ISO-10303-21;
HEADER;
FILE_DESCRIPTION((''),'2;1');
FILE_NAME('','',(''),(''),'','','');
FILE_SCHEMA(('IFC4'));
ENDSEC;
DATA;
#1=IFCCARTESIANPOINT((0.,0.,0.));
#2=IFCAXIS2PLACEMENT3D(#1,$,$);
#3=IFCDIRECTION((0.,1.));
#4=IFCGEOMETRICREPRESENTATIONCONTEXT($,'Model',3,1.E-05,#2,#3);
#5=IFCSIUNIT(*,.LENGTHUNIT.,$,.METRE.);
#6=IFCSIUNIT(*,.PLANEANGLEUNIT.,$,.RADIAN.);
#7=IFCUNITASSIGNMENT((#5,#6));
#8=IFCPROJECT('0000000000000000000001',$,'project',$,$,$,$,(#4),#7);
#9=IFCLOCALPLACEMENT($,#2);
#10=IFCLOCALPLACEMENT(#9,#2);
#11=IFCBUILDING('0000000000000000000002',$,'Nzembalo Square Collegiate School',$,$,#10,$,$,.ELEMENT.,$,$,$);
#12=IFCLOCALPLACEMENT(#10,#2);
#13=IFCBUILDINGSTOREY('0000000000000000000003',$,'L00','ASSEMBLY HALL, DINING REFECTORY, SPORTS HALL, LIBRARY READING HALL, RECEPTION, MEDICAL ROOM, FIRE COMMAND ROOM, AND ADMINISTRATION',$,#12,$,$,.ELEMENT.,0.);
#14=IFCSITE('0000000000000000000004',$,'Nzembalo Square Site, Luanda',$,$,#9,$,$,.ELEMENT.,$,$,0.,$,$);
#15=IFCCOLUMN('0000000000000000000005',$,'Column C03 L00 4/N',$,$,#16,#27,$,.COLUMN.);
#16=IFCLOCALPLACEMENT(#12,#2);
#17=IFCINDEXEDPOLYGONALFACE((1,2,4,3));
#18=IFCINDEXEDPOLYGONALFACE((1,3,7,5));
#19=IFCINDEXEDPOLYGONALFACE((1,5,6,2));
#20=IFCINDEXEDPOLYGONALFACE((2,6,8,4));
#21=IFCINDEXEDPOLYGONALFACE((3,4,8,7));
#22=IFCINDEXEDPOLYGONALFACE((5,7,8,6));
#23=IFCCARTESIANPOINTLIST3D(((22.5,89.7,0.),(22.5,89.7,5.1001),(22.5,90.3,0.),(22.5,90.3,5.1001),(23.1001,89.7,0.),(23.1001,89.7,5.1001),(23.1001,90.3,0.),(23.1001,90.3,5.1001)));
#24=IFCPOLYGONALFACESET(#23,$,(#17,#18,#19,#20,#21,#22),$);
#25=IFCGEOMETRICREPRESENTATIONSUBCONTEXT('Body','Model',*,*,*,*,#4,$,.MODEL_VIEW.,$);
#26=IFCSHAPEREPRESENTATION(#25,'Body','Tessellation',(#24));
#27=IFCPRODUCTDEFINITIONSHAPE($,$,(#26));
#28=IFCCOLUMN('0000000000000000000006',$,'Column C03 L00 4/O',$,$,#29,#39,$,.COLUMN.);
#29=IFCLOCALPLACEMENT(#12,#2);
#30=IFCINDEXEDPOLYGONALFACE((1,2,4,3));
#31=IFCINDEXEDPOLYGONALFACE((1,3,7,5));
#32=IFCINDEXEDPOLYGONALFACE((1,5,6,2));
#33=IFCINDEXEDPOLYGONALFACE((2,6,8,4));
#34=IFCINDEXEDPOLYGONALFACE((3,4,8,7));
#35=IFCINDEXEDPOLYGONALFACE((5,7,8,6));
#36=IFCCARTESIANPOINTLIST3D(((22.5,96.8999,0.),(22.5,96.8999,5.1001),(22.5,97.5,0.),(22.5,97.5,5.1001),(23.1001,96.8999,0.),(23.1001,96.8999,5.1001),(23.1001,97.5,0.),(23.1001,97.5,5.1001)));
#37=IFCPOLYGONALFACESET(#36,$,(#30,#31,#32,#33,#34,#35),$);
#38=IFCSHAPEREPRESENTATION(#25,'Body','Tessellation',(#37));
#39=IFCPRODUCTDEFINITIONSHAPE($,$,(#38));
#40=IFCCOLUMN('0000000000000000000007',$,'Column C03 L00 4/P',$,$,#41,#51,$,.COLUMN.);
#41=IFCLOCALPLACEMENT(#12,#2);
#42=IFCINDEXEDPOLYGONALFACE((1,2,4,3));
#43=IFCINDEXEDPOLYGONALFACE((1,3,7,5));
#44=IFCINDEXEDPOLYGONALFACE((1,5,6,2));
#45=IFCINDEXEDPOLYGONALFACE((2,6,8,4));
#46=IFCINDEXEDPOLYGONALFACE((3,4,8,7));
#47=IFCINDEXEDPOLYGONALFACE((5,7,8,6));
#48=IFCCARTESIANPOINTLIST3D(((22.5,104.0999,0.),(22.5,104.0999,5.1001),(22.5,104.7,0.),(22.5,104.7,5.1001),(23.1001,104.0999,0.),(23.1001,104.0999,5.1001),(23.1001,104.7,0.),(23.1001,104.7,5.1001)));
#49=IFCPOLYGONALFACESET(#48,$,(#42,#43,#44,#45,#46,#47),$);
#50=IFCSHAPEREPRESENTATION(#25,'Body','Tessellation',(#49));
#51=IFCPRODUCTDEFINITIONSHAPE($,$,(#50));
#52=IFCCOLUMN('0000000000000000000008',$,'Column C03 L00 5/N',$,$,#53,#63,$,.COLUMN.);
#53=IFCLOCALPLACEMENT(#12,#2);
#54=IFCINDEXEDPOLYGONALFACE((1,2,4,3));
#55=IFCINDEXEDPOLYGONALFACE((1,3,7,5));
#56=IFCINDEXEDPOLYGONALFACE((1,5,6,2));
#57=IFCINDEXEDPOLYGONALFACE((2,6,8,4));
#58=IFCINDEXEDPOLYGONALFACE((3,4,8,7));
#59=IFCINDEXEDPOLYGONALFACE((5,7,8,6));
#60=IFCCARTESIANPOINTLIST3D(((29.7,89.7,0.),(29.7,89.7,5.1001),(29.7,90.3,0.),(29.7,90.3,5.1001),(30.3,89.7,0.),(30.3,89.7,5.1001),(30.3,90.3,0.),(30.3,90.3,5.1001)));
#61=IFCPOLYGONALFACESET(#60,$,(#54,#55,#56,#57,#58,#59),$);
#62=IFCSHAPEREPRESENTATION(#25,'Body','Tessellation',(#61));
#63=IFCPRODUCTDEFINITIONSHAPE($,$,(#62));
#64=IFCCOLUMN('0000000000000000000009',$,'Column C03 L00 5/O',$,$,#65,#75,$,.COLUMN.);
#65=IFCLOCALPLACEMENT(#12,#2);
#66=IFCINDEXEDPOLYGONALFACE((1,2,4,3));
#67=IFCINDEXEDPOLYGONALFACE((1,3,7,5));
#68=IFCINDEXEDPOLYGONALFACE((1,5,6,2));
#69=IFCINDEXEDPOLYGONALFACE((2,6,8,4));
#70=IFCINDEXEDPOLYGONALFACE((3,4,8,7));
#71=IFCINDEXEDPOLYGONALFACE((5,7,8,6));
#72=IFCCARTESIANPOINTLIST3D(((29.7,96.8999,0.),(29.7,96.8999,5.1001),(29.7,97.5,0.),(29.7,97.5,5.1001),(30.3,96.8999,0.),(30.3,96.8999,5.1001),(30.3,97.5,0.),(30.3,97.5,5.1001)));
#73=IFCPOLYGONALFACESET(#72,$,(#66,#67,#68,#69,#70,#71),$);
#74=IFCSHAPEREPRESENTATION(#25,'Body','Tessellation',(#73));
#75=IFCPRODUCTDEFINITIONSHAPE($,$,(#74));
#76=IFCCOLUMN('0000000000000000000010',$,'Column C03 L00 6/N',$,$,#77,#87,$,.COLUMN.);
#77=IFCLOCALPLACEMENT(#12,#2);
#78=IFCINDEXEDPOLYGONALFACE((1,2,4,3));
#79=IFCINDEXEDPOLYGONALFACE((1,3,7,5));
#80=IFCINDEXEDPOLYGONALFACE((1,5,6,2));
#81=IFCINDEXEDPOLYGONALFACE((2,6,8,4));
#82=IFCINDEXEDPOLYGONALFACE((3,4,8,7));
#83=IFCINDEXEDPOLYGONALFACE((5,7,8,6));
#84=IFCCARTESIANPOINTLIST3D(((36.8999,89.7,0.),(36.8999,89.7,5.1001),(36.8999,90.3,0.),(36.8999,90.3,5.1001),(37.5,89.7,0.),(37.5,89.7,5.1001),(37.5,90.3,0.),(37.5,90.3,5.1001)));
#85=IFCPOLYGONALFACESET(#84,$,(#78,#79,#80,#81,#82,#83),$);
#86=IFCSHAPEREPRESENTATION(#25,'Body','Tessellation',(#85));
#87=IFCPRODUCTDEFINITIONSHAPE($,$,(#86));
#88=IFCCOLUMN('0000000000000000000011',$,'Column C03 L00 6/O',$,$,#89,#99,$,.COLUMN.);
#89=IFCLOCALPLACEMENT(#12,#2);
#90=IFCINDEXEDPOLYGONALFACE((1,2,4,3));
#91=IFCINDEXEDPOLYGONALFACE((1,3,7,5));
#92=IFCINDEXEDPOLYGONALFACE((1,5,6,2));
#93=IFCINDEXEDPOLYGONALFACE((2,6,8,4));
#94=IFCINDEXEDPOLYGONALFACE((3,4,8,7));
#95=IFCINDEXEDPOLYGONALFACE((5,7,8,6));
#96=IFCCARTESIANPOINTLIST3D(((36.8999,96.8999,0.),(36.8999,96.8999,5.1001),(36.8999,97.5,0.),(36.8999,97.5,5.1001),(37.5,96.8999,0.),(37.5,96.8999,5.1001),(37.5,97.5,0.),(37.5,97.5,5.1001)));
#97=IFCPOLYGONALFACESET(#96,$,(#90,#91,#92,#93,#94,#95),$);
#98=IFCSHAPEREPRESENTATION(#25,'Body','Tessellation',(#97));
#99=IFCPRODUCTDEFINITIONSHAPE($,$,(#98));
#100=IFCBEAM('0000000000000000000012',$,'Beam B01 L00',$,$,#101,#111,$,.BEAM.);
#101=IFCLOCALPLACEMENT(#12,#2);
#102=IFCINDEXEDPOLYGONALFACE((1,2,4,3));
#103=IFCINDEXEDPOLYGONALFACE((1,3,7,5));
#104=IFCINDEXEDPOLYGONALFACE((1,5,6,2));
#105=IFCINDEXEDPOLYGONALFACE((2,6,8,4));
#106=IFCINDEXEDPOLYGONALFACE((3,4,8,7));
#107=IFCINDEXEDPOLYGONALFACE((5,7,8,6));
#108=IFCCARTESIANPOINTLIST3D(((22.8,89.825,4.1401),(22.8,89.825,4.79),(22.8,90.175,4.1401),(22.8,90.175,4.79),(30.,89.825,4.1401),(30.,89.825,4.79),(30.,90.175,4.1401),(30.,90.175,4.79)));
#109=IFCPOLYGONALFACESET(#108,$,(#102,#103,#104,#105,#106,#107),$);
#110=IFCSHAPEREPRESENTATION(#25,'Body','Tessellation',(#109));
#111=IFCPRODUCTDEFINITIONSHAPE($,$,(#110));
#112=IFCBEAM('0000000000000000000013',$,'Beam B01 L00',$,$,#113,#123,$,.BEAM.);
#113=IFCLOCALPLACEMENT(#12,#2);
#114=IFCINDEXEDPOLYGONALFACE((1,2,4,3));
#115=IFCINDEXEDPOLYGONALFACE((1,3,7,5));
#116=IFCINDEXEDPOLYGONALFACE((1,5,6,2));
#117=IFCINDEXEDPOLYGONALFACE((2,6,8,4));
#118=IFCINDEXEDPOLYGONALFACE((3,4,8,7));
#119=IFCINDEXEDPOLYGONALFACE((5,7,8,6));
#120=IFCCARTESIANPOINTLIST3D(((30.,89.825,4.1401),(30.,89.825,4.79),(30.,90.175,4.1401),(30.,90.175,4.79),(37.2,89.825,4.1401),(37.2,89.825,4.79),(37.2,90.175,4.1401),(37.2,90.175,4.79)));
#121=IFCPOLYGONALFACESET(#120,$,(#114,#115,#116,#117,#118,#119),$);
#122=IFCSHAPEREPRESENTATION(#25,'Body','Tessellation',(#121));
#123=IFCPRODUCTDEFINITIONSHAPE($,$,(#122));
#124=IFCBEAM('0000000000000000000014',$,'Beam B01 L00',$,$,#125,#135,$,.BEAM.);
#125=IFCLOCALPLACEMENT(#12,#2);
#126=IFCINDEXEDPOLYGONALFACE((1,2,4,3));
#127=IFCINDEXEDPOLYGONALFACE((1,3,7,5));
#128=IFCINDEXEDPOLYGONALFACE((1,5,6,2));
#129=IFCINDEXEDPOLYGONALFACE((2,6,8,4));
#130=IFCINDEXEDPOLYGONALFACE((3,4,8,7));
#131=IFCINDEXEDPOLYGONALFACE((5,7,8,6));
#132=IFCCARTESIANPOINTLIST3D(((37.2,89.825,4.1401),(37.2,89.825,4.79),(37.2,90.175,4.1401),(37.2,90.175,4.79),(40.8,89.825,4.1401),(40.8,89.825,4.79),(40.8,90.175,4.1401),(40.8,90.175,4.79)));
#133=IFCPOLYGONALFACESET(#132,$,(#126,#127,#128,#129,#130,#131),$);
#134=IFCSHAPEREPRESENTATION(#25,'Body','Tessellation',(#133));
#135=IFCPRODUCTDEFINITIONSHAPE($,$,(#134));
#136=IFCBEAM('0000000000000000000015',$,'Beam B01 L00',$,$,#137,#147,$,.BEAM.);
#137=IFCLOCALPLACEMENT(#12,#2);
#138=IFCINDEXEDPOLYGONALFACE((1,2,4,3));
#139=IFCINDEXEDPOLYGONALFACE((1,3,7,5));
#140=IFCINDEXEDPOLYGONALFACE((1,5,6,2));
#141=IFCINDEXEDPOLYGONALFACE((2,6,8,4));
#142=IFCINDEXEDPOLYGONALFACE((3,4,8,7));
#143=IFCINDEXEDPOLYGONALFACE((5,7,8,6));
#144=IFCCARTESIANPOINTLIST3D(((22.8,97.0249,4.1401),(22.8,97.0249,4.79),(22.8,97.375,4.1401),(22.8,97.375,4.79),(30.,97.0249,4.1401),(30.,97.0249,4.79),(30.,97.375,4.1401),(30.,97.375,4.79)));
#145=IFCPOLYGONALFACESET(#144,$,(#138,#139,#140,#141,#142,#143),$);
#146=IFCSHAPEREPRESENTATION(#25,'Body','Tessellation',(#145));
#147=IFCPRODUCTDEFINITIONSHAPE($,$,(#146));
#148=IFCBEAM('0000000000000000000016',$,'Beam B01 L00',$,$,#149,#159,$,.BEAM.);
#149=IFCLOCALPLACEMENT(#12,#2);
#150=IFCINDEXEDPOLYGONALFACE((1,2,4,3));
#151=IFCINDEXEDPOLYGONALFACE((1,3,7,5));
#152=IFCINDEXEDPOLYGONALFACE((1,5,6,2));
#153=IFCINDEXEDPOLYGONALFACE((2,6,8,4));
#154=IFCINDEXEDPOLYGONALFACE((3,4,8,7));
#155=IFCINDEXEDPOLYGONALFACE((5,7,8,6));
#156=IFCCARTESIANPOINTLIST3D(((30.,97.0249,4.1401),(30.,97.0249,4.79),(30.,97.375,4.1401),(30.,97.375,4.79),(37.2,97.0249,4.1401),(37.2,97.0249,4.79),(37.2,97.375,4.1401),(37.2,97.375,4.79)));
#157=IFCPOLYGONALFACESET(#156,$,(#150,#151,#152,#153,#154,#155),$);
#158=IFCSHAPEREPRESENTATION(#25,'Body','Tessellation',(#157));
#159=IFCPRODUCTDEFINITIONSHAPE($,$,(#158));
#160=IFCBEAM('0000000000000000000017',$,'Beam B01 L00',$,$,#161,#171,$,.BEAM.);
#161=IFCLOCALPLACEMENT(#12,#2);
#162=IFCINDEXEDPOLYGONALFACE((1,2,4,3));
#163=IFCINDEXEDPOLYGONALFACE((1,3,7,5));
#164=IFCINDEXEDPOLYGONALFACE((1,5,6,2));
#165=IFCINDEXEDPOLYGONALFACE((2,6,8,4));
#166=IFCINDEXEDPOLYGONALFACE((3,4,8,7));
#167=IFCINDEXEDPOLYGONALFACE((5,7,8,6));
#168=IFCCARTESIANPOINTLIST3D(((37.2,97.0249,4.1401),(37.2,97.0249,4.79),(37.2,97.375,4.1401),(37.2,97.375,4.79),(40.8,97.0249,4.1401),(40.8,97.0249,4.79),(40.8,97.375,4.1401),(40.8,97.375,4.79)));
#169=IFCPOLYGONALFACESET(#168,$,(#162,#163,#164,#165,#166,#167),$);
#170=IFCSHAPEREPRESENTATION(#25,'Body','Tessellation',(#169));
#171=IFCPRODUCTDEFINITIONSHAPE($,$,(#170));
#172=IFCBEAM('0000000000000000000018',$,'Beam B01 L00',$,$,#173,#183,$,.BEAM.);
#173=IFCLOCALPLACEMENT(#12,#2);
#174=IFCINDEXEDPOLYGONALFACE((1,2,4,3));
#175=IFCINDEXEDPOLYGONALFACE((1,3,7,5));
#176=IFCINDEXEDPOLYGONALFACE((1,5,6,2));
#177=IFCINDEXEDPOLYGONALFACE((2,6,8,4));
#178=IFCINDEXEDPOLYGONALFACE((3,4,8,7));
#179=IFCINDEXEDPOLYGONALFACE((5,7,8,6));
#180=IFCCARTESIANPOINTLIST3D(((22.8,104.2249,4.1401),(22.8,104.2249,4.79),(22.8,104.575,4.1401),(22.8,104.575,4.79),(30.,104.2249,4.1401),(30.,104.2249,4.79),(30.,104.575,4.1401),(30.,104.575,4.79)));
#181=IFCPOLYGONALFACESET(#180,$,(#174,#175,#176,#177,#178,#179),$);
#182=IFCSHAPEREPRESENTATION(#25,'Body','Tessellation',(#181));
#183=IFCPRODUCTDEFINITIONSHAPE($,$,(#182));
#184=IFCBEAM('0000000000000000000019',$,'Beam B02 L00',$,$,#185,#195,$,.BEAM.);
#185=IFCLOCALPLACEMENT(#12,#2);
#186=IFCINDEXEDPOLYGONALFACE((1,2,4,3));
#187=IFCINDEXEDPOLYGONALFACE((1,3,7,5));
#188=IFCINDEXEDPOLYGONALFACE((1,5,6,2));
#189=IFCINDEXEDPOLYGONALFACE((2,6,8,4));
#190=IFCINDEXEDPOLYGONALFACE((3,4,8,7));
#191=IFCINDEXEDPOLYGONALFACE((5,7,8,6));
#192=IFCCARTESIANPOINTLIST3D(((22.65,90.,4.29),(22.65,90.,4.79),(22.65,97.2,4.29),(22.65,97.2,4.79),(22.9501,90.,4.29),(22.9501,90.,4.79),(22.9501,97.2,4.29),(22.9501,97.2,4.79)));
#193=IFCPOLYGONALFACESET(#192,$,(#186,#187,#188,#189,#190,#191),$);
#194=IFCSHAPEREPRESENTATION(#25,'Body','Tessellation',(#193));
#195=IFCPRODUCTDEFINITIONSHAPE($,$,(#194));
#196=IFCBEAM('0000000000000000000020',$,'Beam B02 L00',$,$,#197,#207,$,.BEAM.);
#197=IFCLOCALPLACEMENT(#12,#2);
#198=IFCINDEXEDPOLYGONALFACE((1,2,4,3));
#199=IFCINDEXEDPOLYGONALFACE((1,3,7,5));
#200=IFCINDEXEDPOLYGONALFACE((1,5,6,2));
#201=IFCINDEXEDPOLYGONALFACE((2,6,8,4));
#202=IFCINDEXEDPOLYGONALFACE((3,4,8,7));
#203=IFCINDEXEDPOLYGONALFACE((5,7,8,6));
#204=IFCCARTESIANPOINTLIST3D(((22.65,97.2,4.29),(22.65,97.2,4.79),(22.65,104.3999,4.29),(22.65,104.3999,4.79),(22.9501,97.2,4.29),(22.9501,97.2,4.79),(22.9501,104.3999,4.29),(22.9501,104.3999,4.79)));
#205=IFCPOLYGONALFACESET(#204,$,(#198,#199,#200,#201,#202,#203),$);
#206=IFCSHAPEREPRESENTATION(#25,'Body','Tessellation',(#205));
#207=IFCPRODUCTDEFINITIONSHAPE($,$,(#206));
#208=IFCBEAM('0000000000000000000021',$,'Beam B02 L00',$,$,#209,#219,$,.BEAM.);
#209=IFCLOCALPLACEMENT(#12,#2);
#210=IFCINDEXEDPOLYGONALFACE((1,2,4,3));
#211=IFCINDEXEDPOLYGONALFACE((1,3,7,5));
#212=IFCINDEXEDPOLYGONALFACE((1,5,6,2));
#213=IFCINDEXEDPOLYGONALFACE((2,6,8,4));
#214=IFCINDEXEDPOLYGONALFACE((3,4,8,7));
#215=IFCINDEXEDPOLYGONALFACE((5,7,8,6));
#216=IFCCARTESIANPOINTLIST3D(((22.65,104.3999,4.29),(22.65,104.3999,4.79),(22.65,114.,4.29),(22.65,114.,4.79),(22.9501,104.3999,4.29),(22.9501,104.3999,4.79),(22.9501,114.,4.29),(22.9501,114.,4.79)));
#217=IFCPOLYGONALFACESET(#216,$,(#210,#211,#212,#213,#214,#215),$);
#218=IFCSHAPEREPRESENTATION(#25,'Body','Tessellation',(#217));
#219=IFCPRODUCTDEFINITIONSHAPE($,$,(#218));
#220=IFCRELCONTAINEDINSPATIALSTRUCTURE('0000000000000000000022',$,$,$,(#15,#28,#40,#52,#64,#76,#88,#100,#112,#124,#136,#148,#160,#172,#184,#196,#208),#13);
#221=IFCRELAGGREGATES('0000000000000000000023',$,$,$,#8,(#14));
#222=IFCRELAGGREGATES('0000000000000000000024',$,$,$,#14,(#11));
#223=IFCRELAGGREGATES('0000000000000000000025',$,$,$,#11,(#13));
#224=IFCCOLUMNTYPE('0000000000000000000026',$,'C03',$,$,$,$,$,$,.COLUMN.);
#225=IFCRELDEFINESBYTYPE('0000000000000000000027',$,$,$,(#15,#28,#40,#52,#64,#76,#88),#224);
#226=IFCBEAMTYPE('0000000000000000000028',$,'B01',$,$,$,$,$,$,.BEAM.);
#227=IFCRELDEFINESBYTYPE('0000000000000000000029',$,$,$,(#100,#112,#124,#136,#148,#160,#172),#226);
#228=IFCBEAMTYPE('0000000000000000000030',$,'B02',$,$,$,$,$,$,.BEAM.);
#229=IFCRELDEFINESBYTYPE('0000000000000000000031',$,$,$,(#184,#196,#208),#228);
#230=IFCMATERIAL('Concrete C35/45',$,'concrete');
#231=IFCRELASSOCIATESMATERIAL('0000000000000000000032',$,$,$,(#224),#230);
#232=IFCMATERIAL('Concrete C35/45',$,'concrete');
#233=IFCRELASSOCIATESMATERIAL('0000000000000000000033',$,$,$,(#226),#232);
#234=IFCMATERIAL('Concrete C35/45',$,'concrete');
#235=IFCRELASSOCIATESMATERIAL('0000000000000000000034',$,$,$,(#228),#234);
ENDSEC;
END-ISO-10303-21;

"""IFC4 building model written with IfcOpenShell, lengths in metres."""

from ifc_helpers import new_model, si_unit, direction, frame, origin, origin_2d, place, context, subcontext, project, spatial, rectangle, extrude, material, material_profile, profile_set, type_object, element, save


model = new_model("IFC4")

# Units and contexts
model_context = context("Model", 3, precision=1e-05, world=origin(), true_north=direction((0.0, 1.0)))
body_context = subcontext(model_context, "Body", "Model", "MODEL_VIEW")
ifc_project = project(units=[si_unit("LENGTHUNIT", "METRE"), si_unit("PLANEANGLEUNIT", "RADIAN")], contexts=[model_context])

# Site, building, storey
site_placement = place(None, origin())
site = spatial("IfcSite", under=ifc_project, at=site_placement, Name="Nzembalo Square Site, Luanda", CompositionType="ELEMENT", RefElevation=0.0)
building_placement = place(site_placement, origin())
building = spatial("IfcBuilding", under=site, at=building_placement, Name="Nzembalo Square Collegiate School", CompositionType="ELEMENT")
storey_placement = place(building_placement, origin())
storey = spatial("IfcBuildingStorey", under=building, at=storey_placement, Name="L00", Description="ASSEMBLY HALL, DINING REFECTORY, SPORTS HALL, LIBRARY READING HALL, RECEPTION, MEDICAL ROOM, FIRE COMMAND ROOM, AND ADMINISTRATION", CompositionType="ELEMENT", Elevation=0.0)

# Columns
ifc_material_1 = material(Name="Concrete C35/45", Category="concrete")
ifc_material_profile_1 = material_profile(ifc_material_1, rectangle(XDim=0.6001, YDim=0.6001, at=origin_2d()), Name="RC 600x600")
ifc_profile_set_1 = profile_set([ifc_material_profile_1], Name="Concrete C35/45")
column_type = type_object("IfcColumnType", Name="C03", PredefinedType="COLUMN", material=ifc_profile_set_1)
for number, where, z_axis, x_axis, name in (
    (1, (22.8, 90.0, 0.0), (0.0, 0.0, 1.0), (1.0, 0.0, 0.0), "Column C03 L00 4/N"),
    (2, (22.8, 97.2, 0.0), (0.0, 0.0, 1.0), (1.0, 0.0, 0.0), "Column C03 L00 4/O"),
    (3, (22.8, 104.3999, 0.0), (0.0, 0.0, 1.0), (1.0, 0.0, 0.0), "Column C03 L00 4/P"),
    (4, (30.0, 90.0, 0.0), (0.0, 0.0, 1.0), (1.0, 0.0, 0.0), "Column C03 L00 5/N"),
    (5, (30.0, 97.2, 0.0), (0.0, 0.0, 1.0), (1.0, 0.0, 0.0), "Column C03 L00 5/O"),
    (6, (37.2, 90.0, 0.0), (0.0, 0.0, 1.0), (1.0, 0.0, 0.0), "Column C03 L00 6/N"),
    (7, (37.2, 97.2, 0.0), (0.0, 0.0, 1.0), (1.0, 0.0, 0.0), "Column C03 L00 6/O"),
):
    element("IfcColumn", number, at=place(storey_placement, frame(where, z_axis=z_axis, x_axis=x_axis)), inside=storey, type_object=column_type, Name=name, PredefinedType="COLUMN", context=body_context, shape_type="SweptSolid", body=[
        extrude(rectangle(XDim=0.6001, YDim=0.6001, at=origin_2d()), origin(), (0.0, 0.0, 1.0), 5.1001),
    ])

# Beams
ifc_material_2 = material(Name="Concrete C35/45", Category="concrete")
ifc_material_profile_2 = material_profile(ifc_material_2, rectangle(XDim=0.3501, YDim=0.6499, at=origin_2d()), Name="RC 350x650")
ifc_profile_set_2 = profile_set([ifc_material_profile_2], Name="Concrete C35/45")
beam_type_1 = type_object("IfcBeamType", Name="B01", PredefinedType="BEAM", material=ifc_profile_set_2)
for number, where, z_axis, x_axis, name in (
    (8, (22.8, 90.0, 4.4651), (1.0, 0.0, 0.0), (0.0, 1.0, 0.0), "Beam B01 L00"),
    (9, (30.0, 90.0, 4.4651), (1.0, 0.0, 0.0), (0.0, 1.0, 0.0), "Beam B01 L00"),
):
    element("IfcBeam", number, at=place(storey_placement, frame(where, z_axis=z_axis, x_axis=x_axis)), inside=storey, type_object=beam_type_1, Name=name, PredefinedType="BEAM", context=body_context, shape_type="SweptSolid", body=[
        extrude(rectangle(XDim=0.3501, YDim=0.6499, at=origin_2d()), origin(), (0.0, 0.0, 1.0), 7.2),
    ])
beam_1_placement = place(storey_placement, frame((37.2, 90.0, 4.4651), z_axis=(1.0, 0.0, 0.0), x_axis=(0.0, 1.0, 0.0)))
element("IfcBeam", 10, at=beam_1_placement, inside=storey, type_object=beam_type_1, Name="Beam B01 L00", PredefinedType="BEAM", context=body_context, shape_type="SweptSolid", body=[
    extrude(rectangle(XDim=0.3501, YDim=0.6499, at=origin_2d()), origin(), (0.0, 0.0, 1.0), 3.6001),
])
for number, where, z_axis, x_axis, name in (
    (11, (22.8, 97.2, 4.4651), (1.0, 0.0, 0.0), (0.0, 1.0, 0.0), "Beam B01 L00"),
    (12, (30.0, 97.2, 4.4651), (1.0, 0.0, 0.0), (0.0, 1.0, 0.0), "Beam B01 L00"),
):
    element("IfcBeam", number, at=place(storey_placement, frame(where, z_axis=z_axis, x_axis=x_axis)), inside=storey, type_object=beam_type_1, Name=name, PredefinedType="BEAM", context=body_context, shape_type="SweptSolid", body=[
        extrude(rectangle(XDim=0.3501, YDim=0.6499, at=origin_2d()), origin(), (0.0, 0.0, 1.0), 7.2),
    ])
beam_2_placement = place(storey_placement, frame((37.2, 97.2, 4.4651), z_axis=(1.0, 0.0, 0.0), x_axis=(0.0, 1.0, 0.0)))
element("IfcBeam", 13, at=beam_2_placement, inside=storey, type_object=beam_type_1, Name="Beam B01 L00", PredefinedType="BEAM", context=body_context, shape_type="SweptSolid", body=[
    extrude(rectangle(XDim=0.3501, YDim=0.6499, at=origin_2d()), origin(), (0.0, 0.0, 1.0), 3.6001),
])
beam_3_placement = place(storey_placement, frame((22.8, 104.3999, 4.4651), z_axis=(1.0, 0.0, 0.0), x_axis=(0.0, 1.0, 0.0)))
element("IfcBeam", 14, at=beam_3_placement, inside=storey, type_object=beam_type_1, Name="Beam B01 L00", PredefinedType="BEAM", context=body_context, shape_type="SweptSolid", body=[
    extrude(rectangle(XDim=0.3501, YDim=0.6499, at=origin_2d()), origin(), (0.0, 0.0, 1.0), 7.2),
])
ifc_material_3 = material(Name="Concrete C35/45", Category="concrete")
ifc_material_profile_3 = material_profile(ifc_material_3, rectangle(XDim=0.3, YDim=0.5, at=origin_2d()), Name="RC 300x500")
ifc_profile_set_3 = profile_set([ifc_material_profile_3], Name="Concrete C35/45")
beam_type_2 = type_object("IfcBeamType", Name="B02", PredefinedType="BEAM", material=ifc_profile_set_3)
for number, where, z_axis, x_axis, name in (
    (15, (22.8, 90.0, 4.54), (0.0, 1.0, 0.0), (-1.0, 0.0, 0.0), "Beam B02 L00"),
    (16, (22.8, 97.2, 4.54), (0.0, 1.0, 0.0), (-1.0, 0.0, 0.0), "Beam B02 L00"),
):
    element("IfcBeam", number, at=place(storey_placement, frame(where, z_axis=z_axis, x_axis=x_axis)), inside=storey, type_object=beam_type_2, Name=name, PredefinedType="BEAM", context=body_context, shape_type="SweptSolid", body=[
        extrude(rectangle(XDim=0.3, YDim=0.5, at=origin_2d()), origin(), (0.0, 0.0, 1.0), 7.2),
    ])
beam_4_placement = place(storey_placement, frame((22.8, 104.3999, 4.54), z_axis=(0.0, 1.0, 0.0), x_axis=(-1.0, 0.0, 0.0)))
element("IfcBeam", 17, at=beam_4_placement, inside=storey, type_object=beam_type_2, Name="Beam B02 L00", PredefinedType="BEAM", context=body_context, shape_type="SweptSolid", body=[
    extrude(rectangle(XDim=0.3, YDim=0.5, at=origin_2d()), origin(), (0.0, 0.0, 1.0), 9.6001),
])

save(model, "model.ifc")
